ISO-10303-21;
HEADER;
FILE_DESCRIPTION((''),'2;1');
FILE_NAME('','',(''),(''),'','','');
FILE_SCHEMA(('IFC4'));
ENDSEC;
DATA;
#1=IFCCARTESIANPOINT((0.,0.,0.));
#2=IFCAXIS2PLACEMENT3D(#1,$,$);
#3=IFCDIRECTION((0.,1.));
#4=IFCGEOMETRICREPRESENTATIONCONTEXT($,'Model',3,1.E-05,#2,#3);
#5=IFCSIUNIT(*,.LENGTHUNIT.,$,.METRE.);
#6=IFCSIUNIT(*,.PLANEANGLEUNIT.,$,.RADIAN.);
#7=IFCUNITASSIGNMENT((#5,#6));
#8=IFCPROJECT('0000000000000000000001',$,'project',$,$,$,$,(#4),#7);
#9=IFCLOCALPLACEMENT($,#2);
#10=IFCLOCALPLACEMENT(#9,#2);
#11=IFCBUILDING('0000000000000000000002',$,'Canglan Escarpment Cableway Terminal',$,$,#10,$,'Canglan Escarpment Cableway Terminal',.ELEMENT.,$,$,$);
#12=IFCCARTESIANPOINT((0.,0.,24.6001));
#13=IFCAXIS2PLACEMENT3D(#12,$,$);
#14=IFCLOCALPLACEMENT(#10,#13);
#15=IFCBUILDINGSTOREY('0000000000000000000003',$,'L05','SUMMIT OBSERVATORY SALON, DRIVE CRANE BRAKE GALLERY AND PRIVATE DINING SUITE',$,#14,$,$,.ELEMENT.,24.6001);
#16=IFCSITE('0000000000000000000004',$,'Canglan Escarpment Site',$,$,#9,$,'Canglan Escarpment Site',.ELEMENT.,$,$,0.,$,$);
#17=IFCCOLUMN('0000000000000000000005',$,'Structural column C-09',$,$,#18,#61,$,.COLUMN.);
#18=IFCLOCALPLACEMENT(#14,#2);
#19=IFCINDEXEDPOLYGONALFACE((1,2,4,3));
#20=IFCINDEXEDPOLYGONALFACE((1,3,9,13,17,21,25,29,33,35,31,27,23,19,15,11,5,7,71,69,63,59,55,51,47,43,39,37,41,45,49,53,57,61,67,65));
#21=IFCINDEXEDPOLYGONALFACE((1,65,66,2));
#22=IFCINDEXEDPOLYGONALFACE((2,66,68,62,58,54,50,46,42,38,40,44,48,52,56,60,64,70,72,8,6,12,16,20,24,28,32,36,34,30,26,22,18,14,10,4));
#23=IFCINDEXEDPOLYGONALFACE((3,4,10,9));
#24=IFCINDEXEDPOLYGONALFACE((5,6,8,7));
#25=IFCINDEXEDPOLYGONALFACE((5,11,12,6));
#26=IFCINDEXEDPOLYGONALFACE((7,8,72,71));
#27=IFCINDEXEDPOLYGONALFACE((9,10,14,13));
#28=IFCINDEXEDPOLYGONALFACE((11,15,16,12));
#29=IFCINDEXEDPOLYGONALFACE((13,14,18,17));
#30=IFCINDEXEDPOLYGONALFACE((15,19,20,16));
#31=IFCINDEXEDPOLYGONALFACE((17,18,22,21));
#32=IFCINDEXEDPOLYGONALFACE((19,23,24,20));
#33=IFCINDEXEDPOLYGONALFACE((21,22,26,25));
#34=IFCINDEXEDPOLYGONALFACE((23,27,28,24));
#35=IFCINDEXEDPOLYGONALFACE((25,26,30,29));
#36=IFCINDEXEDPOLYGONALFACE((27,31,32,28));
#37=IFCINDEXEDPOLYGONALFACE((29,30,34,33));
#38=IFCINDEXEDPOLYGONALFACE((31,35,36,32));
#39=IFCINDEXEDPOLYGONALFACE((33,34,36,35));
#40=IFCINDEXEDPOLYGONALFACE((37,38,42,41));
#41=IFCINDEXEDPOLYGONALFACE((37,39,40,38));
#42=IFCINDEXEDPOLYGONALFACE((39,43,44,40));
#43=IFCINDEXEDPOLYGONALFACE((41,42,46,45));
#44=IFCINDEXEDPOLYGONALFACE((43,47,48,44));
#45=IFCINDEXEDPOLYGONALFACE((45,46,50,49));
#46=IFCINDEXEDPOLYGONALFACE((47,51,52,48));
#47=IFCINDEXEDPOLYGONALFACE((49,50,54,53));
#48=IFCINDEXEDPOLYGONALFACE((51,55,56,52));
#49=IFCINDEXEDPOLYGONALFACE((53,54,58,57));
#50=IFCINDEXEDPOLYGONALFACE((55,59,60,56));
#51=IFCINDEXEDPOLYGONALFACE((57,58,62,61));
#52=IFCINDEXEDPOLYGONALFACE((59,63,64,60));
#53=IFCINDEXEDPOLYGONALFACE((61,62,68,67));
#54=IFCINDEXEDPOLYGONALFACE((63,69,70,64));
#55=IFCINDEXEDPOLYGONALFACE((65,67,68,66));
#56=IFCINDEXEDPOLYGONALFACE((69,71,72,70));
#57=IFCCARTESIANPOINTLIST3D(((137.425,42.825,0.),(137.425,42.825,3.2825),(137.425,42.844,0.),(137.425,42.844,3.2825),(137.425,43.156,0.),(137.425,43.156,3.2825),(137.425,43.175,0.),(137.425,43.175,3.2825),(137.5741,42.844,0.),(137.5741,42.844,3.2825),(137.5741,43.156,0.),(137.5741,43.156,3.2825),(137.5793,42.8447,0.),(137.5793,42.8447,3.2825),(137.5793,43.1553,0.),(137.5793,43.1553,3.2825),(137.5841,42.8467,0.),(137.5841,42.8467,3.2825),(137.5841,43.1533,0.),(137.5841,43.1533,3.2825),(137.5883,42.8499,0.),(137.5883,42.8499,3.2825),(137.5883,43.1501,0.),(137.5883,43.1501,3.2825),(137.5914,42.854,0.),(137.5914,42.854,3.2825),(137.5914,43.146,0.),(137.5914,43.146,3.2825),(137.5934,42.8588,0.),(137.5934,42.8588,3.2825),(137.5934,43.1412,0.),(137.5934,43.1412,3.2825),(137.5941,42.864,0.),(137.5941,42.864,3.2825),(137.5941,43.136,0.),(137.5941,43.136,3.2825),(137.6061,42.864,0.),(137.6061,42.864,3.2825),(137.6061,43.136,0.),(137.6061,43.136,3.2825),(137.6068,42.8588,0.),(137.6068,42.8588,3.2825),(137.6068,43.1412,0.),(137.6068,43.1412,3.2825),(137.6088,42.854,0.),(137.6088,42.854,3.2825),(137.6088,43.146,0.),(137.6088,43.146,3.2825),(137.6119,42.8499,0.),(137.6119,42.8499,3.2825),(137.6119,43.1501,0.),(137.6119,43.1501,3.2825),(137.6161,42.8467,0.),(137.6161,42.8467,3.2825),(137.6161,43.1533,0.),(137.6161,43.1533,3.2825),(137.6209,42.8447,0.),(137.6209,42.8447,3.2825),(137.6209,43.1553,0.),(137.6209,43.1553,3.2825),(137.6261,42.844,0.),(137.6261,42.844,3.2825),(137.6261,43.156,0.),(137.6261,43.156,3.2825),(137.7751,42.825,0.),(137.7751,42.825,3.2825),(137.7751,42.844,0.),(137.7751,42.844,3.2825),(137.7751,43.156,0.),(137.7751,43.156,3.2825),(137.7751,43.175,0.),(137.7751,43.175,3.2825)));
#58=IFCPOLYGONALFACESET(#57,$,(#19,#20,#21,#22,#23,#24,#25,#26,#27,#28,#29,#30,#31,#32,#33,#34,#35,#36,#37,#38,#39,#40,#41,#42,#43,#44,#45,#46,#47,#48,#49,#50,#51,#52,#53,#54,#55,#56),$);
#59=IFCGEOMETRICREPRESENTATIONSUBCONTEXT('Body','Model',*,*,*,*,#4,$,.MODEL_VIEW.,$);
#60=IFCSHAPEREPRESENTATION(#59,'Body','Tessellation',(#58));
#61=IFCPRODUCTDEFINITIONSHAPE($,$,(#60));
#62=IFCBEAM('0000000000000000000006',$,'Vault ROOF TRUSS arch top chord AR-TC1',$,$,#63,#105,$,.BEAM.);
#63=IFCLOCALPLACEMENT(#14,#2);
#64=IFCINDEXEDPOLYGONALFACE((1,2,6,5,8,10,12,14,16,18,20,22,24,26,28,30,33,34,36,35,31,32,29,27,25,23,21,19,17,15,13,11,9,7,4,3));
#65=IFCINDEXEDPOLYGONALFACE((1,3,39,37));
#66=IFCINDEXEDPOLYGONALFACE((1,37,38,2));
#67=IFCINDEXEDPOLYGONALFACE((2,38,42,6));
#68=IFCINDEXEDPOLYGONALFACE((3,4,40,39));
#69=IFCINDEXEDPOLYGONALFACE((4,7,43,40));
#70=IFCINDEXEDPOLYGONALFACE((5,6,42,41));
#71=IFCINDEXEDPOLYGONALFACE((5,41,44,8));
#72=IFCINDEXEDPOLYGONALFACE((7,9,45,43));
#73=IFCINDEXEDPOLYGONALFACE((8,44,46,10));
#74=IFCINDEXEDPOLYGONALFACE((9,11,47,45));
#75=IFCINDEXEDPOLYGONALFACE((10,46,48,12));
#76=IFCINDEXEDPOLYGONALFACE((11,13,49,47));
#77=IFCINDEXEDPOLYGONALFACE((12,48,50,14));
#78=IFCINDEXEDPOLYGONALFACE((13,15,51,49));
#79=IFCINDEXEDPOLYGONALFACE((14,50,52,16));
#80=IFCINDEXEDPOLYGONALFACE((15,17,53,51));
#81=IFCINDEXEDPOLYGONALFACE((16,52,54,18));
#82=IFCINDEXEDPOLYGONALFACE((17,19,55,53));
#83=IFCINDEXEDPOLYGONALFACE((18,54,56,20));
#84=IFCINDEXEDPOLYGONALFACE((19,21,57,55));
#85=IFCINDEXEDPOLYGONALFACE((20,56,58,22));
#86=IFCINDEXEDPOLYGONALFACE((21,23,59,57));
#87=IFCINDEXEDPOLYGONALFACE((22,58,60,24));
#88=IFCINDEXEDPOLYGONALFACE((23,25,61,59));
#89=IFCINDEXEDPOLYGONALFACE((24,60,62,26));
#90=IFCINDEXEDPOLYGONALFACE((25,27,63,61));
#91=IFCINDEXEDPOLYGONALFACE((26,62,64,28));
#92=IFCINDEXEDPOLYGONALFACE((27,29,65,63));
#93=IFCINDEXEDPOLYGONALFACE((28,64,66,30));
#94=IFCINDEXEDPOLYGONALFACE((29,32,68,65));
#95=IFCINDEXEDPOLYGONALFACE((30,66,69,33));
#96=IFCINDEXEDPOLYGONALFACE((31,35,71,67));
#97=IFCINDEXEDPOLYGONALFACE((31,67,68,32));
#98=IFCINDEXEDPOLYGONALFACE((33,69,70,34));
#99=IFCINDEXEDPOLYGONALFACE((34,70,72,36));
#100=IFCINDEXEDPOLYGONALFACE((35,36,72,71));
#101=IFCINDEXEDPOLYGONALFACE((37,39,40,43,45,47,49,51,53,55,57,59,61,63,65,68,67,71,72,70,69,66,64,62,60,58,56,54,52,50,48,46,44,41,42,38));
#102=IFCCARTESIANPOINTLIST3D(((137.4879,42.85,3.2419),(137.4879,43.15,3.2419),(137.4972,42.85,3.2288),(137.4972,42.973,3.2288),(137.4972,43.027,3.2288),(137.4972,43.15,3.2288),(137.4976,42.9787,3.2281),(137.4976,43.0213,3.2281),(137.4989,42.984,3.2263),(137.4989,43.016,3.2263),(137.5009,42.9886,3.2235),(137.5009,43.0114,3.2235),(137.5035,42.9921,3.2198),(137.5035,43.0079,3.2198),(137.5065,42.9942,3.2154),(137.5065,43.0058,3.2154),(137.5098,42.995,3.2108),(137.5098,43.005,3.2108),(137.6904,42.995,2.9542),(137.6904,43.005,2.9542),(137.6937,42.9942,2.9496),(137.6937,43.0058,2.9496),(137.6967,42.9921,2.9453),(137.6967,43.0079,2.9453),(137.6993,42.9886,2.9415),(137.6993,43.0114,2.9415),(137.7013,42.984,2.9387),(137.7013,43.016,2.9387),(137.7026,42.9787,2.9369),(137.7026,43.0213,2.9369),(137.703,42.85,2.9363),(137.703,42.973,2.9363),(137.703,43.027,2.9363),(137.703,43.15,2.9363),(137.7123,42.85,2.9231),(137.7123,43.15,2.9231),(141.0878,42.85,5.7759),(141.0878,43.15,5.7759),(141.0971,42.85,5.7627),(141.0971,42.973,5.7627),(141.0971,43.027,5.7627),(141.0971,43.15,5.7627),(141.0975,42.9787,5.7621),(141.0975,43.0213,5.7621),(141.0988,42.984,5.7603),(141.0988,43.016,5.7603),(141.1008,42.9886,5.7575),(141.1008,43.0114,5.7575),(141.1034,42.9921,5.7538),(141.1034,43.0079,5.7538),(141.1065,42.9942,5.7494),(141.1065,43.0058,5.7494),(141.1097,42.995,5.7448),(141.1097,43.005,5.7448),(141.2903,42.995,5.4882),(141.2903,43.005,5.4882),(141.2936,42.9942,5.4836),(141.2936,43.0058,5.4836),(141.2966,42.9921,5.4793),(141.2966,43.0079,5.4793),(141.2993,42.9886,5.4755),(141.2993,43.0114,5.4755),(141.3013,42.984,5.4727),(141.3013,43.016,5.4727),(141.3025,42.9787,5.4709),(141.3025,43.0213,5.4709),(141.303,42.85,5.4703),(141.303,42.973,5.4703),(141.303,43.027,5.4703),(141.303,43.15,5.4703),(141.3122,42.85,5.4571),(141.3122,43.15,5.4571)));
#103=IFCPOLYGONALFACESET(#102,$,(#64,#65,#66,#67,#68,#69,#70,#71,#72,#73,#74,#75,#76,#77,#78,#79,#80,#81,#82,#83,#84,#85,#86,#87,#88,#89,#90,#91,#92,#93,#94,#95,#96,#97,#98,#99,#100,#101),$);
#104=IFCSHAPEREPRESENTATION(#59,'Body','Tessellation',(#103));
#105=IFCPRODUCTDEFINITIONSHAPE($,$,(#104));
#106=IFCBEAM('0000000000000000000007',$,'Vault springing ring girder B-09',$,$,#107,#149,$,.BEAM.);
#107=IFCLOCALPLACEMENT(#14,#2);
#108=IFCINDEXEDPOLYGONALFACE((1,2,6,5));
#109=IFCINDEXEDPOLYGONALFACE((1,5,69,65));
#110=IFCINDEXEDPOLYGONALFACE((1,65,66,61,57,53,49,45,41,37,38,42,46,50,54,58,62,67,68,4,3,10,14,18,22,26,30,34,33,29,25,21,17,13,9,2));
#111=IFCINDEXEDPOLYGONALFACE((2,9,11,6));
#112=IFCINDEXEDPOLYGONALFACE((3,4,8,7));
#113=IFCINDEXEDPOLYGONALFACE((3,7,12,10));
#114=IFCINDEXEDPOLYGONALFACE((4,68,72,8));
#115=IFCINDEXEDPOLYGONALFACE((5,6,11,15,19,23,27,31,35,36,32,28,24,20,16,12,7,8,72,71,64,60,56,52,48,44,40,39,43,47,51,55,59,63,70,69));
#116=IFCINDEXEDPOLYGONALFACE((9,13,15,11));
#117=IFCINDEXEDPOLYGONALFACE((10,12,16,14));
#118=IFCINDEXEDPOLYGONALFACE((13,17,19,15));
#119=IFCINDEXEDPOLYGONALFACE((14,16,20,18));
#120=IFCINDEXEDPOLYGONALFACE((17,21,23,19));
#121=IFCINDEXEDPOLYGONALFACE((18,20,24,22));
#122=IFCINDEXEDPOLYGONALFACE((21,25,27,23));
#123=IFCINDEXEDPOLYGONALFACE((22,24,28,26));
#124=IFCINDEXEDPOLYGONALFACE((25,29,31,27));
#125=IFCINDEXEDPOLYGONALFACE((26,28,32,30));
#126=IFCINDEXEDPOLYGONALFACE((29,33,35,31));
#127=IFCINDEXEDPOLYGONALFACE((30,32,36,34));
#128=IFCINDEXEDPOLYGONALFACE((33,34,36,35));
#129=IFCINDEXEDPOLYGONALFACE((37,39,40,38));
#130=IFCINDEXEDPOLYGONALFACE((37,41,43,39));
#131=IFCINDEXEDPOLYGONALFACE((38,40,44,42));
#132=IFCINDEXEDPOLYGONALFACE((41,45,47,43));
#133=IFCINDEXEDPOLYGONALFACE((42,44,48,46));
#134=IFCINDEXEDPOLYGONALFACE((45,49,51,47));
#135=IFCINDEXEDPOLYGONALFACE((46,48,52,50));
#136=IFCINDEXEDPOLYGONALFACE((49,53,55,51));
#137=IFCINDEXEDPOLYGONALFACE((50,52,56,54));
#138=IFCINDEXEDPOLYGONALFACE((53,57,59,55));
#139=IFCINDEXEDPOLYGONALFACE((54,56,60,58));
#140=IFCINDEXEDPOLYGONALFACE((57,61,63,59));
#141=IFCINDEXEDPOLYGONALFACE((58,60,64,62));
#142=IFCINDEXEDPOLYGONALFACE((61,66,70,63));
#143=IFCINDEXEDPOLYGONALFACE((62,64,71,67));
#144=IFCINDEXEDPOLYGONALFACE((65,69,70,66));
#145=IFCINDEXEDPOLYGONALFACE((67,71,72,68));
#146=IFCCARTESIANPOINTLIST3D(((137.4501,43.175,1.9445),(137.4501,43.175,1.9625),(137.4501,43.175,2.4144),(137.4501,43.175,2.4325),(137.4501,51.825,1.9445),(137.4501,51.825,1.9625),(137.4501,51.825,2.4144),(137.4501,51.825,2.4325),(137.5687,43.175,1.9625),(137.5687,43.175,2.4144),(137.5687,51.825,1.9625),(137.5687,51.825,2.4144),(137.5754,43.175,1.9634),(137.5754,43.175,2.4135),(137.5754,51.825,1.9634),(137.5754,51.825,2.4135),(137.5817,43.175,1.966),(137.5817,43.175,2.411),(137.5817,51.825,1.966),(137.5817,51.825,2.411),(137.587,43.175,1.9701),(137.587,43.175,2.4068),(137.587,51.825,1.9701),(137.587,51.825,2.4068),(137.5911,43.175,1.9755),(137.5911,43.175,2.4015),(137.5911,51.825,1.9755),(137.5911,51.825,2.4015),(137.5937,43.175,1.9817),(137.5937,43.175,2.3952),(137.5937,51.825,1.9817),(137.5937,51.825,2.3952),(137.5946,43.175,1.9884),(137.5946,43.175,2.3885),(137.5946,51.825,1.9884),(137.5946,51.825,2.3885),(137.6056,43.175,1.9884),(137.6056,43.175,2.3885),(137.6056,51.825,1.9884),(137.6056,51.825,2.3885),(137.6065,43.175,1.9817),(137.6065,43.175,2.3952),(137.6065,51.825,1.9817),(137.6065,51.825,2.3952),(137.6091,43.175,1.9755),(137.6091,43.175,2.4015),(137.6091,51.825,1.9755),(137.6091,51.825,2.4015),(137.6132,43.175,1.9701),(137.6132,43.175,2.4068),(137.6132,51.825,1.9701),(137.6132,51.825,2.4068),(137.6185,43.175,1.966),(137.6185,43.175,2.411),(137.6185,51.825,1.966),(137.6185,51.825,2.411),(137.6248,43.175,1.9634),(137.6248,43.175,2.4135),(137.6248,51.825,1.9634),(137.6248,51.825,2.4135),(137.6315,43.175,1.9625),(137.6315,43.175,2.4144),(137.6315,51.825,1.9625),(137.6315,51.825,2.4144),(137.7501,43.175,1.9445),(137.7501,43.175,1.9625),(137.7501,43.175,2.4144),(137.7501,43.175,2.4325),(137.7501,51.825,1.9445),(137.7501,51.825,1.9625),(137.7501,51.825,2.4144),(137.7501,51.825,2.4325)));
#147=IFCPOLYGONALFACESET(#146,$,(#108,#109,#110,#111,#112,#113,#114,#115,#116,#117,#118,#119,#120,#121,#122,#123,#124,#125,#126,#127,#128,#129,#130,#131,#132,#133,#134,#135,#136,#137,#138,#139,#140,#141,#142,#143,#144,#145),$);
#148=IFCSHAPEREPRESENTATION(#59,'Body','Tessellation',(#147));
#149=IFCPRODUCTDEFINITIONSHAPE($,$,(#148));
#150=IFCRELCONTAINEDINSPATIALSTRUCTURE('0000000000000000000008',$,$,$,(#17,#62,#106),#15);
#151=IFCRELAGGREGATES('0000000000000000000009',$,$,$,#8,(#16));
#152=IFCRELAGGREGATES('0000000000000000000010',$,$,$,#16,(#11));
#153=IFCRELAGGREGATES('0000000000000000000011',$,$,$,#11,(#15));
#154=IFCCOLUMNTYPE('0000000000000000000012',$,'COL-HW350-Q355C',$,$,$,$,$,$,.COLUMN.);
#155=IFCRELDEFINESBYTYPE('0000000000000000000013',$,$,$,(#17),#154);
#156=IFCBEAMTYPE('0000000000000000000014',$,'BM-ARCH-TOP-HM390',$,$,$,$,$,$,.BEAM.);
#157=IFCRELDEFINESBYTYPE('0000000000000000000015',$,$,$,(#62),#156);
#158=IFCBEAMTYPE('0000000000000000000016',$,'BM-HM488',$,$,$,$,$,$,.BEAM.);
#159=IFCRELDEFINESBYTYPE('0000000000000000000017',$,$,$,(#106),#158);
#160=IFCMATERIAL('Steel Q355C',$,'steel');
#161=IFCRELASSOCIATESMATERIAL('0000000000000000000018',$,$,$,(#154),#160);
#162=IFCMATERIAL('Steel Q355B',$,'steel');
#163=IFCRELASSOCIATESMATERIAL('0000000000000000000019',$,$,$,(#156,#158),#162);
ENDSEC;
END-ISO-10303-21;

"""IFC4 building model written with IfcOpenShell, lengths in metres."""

from ifc_helpers import new_model, si_unit, direction, frame, origin, origin_2d, place, context, subcontext, project, spatial, i_section, extrude, material, material_profile, profile_set, type_object, element, save


model = new_model("IFC4")

# Units and contexts
model_context = context("Model", 3, precision=1e-05, world=origin(), true_north=direction((0.0, 1.0)))
body_context = subcontext(model_context, "Body", "Model", "MODEL_VIEW")
ifc_project = project(units=[si_unit("LENGTHUNIT", "METRE"), si_unit("PLANEANGLEUNIT", "RADIAN")], contexts=[model_context])

# Site, building, storey
site_placement = place(None, origin())
site = spatial("IfcSite", under=ifc_project, at=site_placement, Name="Canglan Escarpment Site", LongName="Canglan Escarpment Site", CompositionType="ELEMENT", RefElevation=0.0)
building_placement = place(site_placement, origin())
building = spatial("IfcBuilding", under=site, at=building_placement, Name="Canglan Escarpment Cableway Terminal", LongName="Canglan Escarpment Cableway Terminal", CompositionType="ELEMENT")
storey_placement = place(building_placement, frame((0.0, 0.0, 24.6001)))
storey = spatial("IfcBuildingStorey", under=building, at=storey_placement, Name="L05", Description="SUMMIT OBSERVATORY SALON, DRIVE CRANE BRAKE GALLERY AND PRIVATE DINING SUITE", CompositionType="ELEMENT", Elevation=24.6001)

# Column
ifc_material_1 = material(Name="Steel Q355C", Category="steel")
ifc_material_profile_1 = material_profile(ifc_material_1, i_section(OverallWidth=0.3501, OverallDepth=0.3501, WebThickness=0.012, FlangeThickness=0.019, FilletRadius=0.02, at=origin_2d()), Name="HW 350x350x12x19")
ifc_profile_set_1 = profile_set([ifc_material_profile_1], Name="Steel Q355C")
column_type = type_object("IfcColumnType", Name="COL-HW350-Q355C", PredefinedType="COLUMN", material=ifc_profile_set_1)
column_placement = place(storey_placement, frame((137.6001, 43.0, 0.0), z_axis=(0.0, 0.0, 1.0), x_axis=(1.0, 0.0, 0.0)))
element("IfcColumn", 1, at=column_placement, inside=storey, type_object=column_type, Name="Structural column C-09", PredefinedType="COLUMN", context=body_context, shape_type="SweptSolid", body=[
    extrude(i_section(OverallWidth=0.3501, OverallDepth=0.3501, WebThickness=0.012, FlangeThickness=0.019, FilletRadius=0.02, at=origin_2d()), origin(), (0.0, 0.0, 1.0), 3.2825),
])

# Beams
ifc_material_2 = material(Name="Steel Q355B", Category="steel")
ifc_material_profile_2 = material_profile(ifc_material_2, i_section(OverallWidth=0.3, OverallDepth=0.3899, WebThickness=0.01, FlangeThickness=0.0161, FilletRadius=0.022, at=origin_2d()), Name="HM 390x300x10x16")
ifc_profile_set_2 = profile_set([ifc_material_profile_2], Name="Steel Q355B")
beam_type_1 = type_object("IfcBeamType", Name="BM-ARCH-TOP-HM390", PredefinedType="BEAM", material=ifc_profile_set_2)
beam_1_placement = place(storey_placement, frame((137.6001, 43.0, 3.0825), z_axis=(0.817731, 0.0, 0.575601), x_axis=(0.0, 1.0, 0.0)))
element("IfcBeam", 2, at=beam_1_placement, inside=storey, type_object=beam_type_1, Name="Vault ROOF TRUSS arch top chord AR-TC1", PredefinedType="BEAM", context=body_context, shape_type="SweptSolid", body=[
    extrude(i_section(OverallWidth=0.3, OverallDepth=0.3899, WebThickness=0.01, FlangeThickness=0.0161, FilletRadius=0.022, at=origin_2d()), origin(), (0.0, 0.0, 1.0), 4.4023),
])
ifc_material_profile_3 = material_profile(ifc_material_2, i_section(OverallWidth=0.3, OverallDepth=0.488, WebThickness=0.011, FlangeThickness=0.0181, FilletRadius=0.0259, at=origin_2d()), Name="HM 488x300x11x18")
ifc_profile_set_3 = profile_set([ifc_material_profile_3], Name="Steel Q355B")
beam_type_2 = type_object("IfcBeamType", Name="BM-HM488", PredefinedType="BEAM", material=ifc_profile_set_3)
beam_2_placement = place(storey_placement, frame((137.6001, 43.175, 2.1885), z_axis=(0.0, 1.0, 0.0), x_axis=(-1.0, 0.0, 0.0)))
element("IfcBeam", 3, at=beam_2_placement, inside=storey, type_object=beam_type_2, Name="Vault springing ring girder B-09", PredefinedType="BEAM", context=body_context, shape_type="SweptSolid", body=[
    extrude(i_section(OverallWidth=0.3, OverallDepth=0.488, WebThickness=0.011, FlangeThickness=0.0181, FilletRadius=0.0259, at=origin_2d()), origin(), (0.0, 0.0, 1.0), 8.6499),
])

save(model, "model.ifc")
